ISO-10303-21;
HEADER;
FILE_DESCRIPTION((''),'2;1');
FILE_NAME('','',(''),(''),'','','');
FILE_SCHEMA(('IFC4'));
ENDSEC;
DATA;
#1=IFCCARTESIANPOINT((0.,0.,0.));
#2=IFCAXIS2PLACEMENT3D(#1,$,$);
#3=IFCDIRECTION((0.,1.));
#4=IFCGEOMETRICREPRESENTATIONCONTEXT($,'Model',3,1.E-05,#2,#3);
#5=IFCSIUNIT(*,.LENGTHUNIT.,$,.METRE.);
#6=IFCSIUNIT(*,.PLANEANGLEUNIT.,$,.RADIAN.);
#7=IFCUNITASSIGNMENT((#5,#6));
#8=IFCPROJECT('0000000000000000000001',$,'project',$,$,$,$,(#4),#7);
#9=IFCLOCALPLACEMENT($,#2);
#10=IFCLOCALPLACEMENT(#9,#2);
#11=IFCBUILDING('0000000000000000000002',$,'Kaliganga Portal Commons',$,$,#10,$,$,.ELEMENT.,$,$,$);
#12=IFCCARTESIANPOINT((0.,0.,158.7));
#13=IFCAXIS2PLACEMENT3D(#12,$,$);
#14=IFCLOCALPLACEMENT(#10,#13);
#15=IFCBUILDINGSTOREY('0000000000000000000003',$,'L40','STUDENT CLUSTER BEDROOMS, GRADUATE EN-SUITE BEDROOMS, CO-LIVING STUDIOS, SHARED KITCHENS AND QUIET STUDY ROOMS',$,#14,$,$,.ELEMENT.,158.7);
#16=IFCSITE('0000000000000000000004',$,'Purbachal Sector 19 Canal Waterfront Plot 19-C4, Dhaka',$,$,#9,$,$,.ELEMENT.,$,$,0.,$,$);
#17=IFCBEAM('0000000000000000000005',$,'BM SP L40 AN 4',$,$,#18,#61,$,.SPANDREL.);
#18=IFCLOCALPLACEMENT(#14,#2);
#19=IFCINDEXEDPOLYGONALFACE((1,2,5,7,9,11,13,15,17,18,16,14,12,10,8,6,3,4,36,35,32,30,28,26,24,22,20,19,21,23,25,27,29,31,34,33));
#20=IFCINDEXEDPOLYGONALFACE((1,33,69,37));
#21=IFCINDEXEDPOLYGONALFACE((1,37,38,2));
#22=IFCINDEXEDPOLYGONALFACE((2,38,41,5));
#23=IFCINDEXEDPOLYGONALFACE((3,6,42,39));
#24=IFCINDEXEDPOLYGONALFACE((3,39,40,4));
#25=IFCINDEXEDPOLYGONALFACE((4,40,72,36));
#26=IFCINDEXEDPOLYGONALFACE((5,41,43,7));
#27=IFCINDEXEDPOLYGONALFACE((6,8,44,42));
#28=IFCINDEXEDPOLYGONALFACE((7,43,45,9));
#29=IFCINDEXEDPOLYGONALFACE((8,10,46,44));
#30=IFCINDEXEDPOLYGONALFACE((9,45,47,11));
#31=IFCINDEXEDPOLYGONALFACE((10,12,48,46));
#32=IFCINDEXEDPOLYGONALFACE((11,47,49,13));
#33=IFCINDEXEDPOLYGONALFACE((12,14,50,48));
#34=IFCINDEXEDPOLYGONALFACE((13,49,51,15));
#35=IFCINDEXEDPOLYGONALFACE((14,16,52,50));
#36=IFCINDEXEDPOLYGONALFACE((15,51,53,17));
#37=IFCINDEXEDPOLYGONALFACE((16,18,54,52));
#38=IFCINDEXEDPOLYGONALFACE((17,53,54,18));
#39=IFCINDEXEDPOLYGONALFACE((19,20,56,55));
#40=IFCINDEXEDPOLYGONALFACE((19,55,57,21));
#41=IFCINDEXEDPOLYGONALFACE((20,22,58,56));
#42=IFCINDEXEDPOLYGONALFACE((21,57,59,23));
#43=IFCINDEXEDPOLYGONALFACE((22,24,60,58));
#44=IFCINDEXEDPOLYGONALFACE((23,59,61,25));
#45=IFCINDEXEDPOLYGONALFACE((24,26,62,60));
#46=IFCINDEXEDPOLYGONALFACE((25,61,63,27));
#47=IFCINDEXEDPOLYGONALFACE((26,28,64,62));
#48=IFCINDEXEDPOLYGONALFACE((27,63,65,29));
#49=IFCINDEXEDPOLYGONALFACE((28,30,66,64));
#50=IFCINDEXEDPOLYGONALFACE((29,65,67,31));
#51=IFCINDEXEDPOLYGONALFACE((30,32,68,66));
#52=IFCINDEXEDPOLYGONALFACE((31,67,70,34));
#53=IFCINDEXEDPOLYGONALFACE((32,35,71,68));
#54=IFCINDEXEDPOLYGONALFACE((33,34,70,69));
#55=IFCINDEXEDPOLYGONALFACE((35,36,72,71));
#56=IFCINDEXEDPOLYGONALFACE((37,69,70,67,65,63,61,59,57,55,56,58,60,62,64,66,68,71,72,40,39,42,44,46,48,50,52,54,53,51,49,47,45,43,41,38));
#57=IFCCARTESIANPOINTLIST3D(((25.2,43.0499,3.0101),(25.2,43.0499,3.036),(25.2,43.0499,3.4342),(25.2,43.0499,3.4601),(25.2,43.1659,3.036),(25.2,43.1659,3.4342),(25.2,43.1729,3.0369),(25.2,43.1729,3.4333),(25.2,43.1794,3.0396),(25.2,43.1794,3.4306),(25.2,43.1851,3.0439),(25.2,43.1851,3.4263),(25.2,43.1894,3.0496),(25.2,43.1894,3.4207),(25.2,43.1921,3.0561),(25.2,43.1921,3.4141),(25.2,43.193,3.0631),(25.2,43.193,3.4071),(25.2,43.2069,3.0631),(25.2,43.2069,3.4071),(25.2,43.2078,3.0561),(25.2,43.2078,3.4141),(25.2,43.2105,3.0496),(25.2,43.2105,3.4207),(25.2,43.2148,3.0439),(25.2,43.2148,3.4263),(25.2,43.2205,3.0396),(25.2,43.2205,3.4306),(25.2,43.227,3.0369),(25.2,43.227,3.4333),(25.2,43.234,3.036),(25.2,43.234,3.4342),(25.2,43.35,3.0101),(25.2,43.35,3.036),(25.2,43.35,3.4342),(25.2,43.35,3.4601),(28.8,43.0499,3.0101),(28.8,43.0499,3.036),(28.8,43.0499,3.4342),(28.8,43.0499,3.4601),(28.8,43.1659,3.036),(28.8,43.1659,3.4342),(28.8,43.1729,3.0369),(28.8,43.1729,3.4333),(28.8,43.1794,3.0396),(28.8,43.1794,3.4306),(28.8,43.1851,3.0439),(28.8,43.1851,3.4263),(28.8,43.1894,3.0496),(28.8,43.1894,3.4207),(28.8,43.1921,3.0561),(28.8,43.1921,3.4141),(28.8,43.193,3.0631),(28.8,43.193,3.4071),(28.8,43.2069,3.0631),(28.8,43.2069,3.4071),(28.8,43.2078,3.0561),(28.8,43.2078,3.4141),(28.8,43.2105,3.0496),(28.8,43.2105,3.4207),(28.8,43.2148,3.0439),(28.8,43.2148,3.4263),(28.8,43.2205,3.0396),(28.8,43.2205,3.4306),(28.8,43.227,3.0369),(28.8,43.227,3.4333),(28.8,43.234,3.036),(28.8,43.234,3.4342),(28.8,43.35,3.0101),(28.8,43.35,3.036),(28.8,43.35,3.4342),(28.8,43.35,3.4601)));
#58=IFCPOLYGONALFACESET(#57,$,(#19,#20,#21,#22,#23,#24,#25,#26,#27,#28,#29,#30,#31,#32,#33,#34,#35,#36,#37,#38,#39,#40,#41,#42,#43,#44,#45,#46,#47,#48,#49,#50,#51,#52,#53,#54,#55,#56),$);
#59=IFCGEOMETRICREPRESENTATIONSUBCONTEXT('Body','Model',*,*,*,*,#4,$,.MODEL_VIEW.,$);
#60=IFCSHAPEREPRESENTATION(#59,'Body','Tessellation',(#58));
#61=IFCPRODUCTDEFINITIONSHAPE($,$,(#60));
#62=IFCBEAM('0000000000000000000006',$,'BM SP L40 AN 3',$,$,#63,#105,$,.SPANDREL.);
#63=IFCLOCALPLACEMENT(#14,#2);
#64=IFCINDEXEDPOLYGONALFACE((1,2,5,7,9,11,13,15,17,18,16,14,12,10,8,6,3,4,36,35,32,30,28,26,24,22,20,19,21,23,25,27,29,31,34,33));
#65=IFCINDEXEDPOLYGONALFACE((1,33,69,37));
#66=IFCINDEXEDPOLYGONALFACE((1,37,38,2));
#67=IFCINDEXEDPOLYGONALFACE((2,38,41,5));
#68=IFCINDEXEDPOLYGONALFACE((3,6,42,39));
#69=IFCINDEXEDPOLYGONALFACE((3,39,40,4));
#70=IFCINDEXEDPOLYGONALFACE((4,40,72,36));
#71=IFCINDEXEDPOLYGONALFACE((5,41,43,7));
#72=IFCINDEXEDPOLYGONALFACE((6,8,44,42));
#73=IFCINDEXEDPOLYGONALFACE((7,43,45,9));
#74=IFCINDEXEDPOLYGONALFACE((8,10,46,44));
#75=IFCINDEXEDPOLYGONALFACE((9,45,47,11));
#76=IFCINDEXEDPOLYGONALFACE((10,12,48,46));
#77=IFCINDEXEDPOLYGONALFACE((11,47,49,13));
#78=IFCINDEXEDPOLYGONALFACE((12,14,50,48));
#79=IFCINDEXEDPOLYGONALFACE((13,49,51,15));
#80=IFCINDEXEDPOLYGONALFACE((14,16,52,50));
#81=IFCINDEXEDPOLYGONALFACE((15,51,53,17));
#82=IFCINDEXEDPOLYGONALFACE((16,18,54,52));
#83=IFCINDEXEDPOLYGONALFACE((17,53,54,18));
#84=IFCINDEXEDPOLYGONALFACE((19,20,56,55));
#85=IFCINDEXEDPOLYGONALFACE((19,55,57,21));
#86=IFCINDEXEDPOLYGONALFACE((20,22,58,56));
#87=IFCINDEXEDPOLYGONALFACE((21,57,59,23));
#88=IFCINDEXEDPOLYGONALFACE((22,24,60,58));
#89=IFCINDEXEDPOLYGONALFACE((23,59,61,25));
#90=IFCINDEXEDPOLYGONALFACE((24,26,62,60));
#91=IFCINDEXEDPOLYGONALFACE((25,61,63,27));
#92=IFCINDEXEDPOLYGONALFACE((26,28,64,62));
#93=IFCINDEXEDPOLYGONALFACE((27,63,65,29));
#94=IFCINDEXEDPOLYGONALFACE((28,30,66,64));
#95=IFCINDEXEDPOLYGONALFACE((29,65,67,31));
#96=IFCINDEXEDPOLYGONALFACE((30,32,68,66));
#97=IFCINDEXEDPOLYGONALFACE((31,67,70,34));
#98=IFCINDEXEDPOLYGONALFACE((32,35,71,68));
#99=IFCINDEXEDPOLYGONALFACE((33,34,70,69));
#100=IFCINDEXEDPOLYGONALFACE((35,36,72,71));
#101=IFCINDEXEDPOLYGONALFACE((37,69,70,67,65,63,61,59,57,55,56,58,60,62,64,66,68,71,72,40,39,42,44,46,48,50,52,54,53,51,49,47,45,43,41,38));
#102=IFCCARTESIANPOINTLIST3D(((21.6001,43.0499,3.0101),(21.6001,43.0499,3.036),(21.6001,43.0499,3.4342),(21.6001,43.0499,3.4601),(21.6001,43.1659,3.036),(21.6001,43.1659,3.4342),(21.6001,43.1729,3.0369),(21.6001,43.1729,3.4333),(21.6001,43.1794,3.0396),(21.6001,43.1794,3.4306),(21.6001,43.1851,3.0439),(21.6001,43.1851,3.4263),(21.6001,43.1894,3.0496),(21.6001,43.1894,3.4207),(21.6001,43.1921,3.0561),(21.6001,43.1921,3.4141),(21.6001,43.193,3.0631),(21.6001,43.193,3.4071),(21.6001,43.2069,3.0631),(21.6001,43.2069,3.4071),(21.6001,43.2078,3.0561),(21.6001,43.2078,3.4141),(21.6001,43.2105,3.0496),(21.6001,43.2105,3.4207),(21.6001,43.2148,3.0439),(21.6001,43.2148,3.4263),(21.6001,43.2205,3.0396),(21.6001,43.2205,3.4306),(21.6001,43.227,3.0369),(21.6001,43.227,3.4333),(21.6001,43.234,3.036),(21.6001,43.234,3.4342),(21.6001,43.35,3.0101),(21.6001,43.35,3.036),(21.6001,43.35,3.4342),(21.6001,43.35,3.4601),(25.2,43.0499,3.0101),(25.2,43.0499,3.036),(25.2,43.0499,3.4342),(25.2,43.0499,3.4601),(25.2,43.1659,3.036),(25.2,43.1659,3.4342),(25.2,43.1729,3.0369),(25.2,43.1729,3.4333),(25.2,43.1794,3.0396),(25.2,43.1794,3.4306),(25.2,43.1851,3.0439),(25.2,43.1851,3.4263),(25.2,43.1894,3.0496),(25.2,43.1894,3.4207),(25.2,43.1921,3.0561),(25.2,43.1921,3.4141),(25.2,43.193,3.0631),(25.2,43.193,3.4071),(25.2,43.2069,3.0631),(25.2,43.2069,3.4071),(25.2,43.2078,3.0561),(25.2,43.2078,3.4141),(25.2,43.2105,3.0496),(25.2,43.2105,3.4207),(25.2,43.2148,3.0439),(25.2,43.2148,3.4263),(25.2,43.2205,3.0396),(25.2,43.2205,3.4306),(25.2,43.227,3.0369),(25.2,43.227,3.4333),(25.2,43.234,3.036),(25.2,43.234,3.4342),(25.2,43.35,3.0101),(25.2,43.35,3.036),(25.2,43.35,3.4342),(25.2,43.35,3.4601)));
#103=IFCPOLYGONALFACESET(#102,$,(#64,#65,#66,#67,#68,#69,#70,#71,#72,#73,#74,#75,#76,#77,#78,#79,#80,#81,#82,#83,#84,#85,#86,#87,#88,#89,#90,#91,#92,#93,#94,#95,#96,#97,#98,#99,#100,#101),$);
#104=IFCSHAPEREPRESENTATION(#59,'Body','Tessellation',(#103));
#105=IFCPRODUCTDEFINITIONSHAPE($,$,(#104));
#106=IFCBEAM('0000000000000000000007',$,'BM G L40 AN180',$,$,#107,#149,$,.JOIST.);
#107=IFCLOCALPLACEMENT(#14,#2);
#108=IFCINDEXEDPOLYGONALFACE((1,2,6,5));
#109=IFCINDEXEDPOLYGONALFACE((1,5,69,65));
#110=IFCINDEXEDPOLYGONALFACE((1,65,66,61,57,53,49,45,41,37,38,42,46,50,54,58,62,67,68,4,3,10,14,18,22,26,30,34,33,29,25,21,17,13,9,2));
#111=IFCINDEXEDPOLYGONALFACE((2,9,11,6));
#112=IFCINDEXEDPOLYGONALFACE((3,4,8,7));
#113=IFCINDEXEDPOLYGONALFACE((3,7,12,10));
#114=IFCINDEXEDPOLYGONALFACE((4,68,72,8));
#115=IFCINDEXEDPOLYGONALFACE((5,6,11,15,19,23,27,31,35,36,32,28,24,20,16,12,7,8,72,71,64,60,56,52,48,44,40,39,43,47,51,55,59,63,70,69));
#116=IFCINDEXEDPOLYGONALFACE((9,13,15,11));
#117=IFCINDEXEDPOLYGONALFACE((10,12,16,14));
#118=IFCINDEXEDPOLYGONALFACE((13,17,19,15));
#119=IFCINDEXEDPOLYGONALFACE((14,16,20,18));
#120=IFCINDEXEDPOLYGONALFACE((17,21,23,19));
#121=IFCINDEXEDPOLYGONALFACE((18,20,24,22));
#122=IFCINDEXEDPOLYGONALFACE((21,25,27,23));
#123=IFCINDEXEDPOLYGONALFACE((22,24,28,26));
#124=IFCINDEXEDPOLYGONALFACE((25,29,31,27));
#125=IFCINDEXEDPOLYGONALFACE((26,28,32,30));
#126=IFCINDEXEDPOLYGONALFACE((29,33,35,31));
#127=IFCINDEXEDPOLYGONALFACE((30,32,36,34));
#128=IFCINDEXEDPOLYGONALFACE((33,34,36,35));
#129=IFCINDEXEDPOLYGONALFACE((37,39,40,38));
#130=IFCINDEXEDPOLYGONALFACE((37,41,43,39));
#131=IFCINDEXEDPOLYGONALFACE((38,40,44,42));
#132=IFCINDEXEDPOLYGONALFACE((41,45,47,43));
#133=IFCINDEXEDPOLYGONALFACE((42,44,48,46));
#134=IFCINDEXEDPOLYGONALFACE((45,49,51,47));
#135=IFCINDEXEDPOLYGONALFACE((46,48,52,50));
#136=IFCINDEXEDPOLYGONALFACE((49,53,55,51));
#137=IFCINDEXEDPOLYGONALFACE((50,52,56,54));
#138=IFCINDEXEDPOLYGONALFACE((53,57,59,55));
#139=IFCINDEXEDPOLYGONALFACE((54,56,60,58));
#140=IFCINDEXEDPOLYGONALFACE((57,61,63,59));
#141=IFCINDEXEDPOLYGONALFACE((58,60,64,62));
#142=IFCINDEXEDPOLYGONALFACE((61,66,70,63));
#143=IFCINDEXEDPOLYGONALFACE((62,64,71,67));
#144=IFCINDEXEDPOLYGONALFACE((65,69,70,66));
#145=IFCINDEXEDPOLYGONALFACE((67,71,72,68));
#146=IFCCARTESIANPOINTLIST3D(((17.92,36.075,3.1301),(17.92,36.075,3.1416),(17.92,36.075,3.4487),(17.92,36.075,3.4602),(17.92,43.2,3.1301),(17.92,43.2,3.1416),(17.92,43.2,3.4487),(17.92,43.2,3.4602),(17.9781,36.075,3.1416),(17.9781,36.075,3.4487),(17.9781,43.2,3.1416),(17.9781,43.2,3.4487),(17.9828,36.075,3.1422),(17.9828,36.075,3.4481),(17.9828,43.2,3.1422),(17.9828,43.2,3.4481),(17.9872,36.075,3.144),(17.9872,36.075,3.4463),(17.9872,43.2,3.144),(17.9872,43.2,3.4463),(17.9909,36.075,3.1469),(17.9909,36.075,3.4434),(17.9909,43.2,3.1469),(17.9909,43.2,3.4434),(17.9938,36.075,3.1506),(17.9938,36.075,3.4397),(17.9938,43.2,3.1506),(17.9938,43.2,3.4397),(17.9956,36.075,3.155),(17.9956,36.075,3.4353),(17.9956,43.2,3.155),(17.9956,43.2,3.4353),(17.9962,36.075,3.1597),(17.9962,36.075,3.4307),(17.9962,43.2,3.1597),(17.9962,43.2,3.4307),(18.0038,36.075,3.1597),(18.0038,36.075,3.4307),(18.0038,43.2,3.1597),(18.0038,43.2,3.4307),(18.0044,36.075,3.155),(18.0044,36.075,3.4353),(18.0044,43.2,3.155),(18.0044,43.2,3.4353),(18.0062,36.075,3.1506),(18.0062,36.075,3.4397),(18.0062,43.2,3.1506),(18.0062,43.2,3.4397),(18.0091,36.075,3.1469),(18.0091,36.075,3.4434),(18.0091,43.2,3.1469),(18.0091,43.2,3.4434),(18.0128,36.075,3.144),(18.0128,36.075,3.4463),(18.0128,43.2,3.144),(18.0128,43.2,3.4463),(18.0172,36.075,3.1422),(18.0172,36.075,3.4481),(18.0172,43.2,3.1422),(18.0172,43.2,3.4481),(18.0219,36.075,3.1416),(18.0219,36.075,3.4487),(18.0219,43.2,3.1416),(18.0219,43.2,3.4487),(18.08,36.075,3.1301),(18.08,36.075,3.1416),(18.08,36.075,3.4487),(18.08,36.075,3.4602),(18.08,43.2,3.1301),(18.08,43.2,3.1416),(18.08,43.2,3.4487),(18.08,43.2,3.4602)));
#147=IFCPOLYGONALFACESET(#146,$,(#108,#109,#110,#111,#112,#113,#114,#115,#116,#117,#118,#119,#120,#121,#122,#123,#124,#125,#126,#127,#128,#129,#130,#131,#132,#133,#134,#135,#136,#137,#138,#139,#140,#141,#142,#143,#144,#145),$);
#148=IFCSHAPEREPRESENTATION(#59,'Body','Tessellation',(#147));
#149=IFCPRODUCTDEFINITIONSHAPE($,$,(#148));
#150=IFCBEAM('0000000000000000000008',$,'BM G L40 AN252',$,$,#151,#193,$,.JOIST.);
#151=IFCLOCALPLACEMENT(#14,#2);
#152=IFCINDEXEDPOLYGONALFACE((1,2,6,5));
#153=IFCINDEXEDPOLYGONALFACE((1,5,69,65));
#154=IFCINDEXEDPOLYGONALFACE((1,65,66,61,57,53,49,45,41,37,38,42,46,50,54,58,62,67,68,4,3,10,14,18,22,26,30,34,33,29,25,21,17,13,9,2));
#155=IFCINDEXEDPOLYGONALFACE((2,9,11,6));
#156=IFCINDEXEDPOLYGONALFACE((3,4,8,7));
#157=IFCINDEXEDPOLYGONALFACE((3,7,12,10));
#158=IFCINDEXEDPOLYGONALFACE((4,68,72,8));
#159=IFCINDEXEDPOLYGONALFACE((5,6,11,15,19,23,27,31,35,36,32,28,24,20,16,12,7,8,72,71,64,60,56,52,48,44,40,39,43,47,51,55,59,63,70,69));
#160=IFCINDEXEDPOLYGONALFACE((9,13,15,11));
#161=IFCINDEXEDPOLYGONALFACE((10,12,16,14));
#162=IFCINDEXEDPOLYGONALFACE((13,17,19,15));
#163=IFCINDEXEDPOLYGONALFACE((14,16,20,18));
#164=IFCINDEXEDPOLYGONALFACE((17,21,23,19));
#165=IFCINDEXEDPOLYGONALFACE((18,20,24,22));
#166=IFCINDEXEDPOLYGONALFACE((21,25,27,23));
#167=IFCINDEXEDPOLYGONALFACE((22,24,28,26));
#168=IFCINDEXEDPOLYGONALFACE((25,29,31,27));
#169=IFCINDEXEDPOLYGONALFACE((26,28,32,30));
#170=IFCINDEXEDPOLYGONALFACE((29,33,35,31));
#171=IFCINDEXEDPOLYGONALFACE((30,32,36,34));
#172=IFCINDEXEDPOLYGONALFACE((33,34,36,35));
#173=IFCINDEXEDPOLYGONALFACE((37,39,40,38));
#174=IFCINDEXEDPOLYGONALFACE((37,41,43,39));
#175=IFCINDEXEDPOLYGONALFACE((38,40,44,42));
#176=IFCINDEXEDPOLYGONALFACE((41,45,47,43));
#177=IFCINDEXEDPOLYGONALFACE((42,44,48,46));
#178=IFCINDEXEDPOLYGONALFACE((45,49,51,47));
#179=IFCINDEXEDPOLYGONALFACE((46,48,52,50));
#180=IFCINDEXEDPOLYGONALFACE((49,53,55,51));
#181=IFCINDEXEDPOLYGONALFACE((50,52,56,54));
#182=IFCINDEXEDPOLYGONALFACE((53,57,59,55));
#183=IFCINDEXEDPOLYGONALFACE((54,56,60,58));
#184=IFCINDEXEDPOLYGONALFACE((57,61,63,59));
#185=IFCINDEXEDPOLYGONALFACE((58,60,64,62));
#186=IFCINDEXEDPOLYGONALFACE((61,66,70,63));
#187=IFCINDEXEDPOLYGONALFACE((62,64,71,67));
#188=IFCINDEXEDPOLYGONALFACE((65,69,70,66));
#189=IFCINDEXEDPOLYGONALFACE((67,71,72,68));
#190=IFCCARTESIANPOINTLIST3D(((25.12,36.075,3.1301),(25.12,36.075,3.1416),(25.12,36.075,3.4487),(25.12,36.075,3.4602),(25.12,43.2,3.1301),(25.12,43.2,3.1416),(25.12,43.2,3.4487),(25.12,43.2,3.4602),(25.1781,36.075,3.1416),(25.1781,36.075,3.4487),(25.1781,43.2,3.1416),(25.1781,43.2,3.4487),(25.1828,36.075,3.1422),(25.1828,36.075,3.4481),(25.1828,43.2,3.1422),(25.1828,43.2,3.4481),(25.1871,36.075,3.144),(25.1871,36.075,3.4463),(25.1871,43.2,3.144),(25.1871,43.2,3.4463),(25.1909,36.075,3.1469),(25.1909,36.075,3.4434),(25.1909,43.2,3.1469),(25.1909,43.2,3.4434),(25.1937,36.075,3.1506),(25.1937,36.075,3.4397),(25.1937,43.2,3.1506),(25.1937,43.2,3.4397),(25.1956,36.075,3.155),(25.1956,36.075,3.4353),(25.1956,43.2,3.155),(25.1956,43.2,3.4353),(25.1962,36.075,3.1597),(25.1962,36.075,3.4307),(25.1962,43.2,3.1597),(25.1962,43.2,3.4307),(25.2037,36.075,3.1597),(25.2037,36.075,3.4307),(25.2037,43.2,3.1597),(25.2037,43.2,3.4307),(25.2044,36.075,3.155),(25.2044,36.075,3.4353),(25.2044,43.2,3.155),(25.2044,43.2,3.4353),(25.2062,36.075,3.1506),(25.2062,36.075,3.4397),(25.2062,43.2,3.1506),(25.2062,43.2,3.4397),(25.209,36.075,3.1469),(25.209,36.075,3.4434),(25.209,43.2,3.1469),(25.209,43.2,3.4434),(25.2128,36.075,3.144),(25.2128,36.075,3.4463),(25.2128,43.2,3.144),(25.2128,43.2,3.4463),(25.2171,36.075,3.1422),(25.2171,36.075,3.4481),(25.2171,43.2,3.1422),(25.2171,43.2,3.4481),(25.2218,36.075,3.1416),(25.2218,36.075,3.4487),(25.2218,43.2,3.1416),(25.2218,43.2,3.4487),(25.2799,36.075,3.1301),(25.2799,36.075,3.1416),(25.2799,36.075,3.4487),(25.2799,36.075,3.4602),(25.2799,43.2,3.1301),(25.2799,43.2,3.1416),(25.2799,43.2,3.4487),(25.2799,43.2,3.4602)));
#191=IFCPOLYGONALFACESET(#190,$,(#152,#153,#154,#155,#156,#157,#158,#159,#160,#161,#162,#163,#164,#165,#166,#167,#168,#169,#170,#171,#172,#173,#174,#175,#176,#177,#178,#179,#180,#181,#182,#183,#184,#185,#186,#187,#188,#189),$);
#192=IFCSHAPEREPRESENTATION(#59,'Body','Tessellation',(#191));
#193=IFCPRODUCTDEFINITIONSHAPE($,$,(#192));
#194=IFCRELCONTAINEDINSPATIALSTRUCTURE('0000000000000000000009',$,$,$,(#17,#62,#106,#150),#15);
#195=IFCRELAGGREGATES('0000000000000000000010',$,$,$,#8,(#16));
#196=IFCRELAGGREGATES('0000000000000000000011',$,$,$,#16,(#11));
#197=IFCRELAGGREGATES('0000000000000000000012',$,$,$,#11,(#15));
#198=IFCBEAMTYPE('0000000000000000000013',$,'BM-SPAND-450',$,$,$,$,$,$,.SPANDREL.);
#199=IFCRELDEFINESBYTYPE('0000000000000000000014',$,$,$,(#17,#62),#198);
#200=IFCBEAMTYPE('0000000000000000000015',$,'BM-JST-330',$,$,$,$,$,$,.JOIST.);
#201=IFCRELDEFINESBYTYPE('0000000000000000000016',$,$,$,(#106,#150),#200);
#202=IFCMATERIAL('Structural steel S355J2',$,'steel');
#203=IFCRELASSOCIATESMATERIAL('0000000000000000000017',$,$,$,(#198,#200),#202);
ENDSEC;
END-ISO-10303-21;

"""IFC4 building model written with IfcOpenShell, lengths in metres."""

from ifc_helpers import new_model, si_unit, direction, frame, origin, origin_2d, place, context, subcontext, project, spatial, i_section, extrude, source, transform, mapped, material, material_profile, profile_set, type_object, element, save


model = new_model("IFC4")

# Units and contexts
model_context = context("Model", 3, precision=1e-05, world=origin(), true_north=direction((0.0, 1.0)))
body_context = subcontext(model_context, "Body", "Model", "MODEL_VIEW")
ifc_project = project(units=[si_unit("LENGTHUNIT", "METRE"), si_unit("PLANEANGLEUNIT", "RADIAN")], contexts=[model_context])

# Site, building, storey
site_placement = place(None, origin())
site = spatial("IfcSite", under=ifc_project, at=site_placement, Name="Purbachal Sector 19 Canal Waterfront Plot 19-C4, Dhaka", CompositionType="ELEMENT", RefElevation=0.0)
building_placement = place(site_placement, origin())
building = spatial("IfcBuilding", under=site, at=building_placement, Name="Kaliganga Portal Commons", CompositionType="ELEMENT")
storey_placement = place(building_placement, frame((0.0, 0.0, 158.7)))
storey = spatial("IfcBuildingStorey", under=building, at=storey_placement, Name="L40", Description="STUDENT CLUSTER BEDROOMS, GRADUATE EN-SUITE BEDROOMS, CO-LIVING STUDIOS, SHARED KITCHENS AND QUIET STUDY ROOMS", CompositionType="ELEMENT", Elevation=158.7)

# Beams
ifc_material_1 = material(Name="Structural steel S355J2", Category="steel")
ifc_material_profile_1 = material_profile(ifc_material_1, i_section(OverallWidth=0.3, OverallDepth=0.45, WebThickness=0.0139, FlangeThickness=0.0259, FilletRadius=0.0271, at=origin_2d()), Name="HE 450 B")
ifc_profile_set_1 = profile_set([ifc_material_profile_1], Name="Structural steel S355J2 wide-flange")
beam_type_1 = type_object("IfcBeamType", Name="BM-SPAND-450", PredefinedType="SPANDREL", material=ifc_profile_set_1)
shared_shape_1 = source(origin(), body_context, "Body", "SweptSolid", [
    extrude(i_section(OverallWidth=0.3, OverallDepth=0.45, WebThickness=0.0139, FlangeThickness=0.0259, FilletRadius=0.0271, at=origin_2d()), origin(), (0.0, 0.0, 1.0), 3.6001),
])
for number, where, z_axis, x_axis, name in (
    (1, (25.2, 43.2, 3.2351), (1.0, 0.0, 0.0), (0.0, 1.0, 0.0), "BM SP L40 AN 4"),
):
    element("IfcBeam", number, at=place(storey_placement, frame(where, z_axis=z_axis, x_axis=x_axis)), inside=storey, type_object=beam_type_1, Name=name, PredefinedType="SPANDREL", context=body_context, shape_type="MappedRepresentation", body=[
        mapped(shared_shape_1, transform((0.0, 0.0, 0.0), x_axis=(1.0, 0.0, 0.0), y_axis=(0.0, 1.0, 0.0), z_axis=(0.0, 0.0, 1.0), scale=1.0)),
    ])
shared_shape_2 = source(origin(), body_context, "Body", "SweptSolid", [
    extrude(i_section(OverallWidth=0.3, OverallDepth=0.45, WebThickness=0.0139, FlangeThickness=0.0259, FilletRadius=0.0271, at=origin_2d()), origin(), (0.0, 0.0, 1.0), 3.5999),
])
beam_1_placement = place(storey_placement, frame((21.6001, 43.2, 3.2351), z_axis=(1.0, 0.0, 0.0), x_axis=(0.0, 1.0, 0.0)))
element("IfcBeam", 2, at=beam_1_placement, inside=storey, type_object=beam_type_1, Name="BM SP L40 AN 3", PredefinedType="SPANDREL", context=body_context, shape_type="MappedRepresentation", body=[
    mapped(shared_shape_2, transform((0.0, 0.0, 0.0), x_axis=(1.0, 0.0, 0.0), y_axis=(0.0, 1.0, 0.0), z_axis=(0.0, 0.0, 1.0), scale=1.0)),
])
ifc_material_profile_2 = material_profile(ifc_material_1, i_section(OverallWidth=0.1599, OverallDepth=0.3301, WebThickness=0.0076, FlangeThickness=0.0115, FilletRadius=0.0181, at=origin_2d()), Name="IPE 330")
ifc_profile_set_2 = profile_set([ifc_material_profile_2], Name="Structural steel S355J2 wide-flange")
beam_type_2 = type_object("IfcBeamType", Name="BM-JST-330", PredefinedType="JOIST", material=ifc_profile_set_2)
shared_shape_3 = source(origin(), body_context, "Body", "SweptSolid", [
    extrude(i_section(OverallWidth=0.1599, OverallDepth=0.3301, WebThickness=0.0076, FlangeThickness=0.0115, FilletRadius=0.0181, at=origin_2d()), origin(), (0.0, 0.0, 1.0), 7.125),
])
for number, where, z_axis, x_axis, name in (
    (3, (18.0, 36.075, 3.2952), (0.0, 1.0, 0.0), (-1.0, 0.0, 0.0), "BM G L40 AN180"),
    (4, (25.2, 36.075, 3.2952), (0.0, 1.0, 0.0), (-1.0, 0.0, 0.0), "BM G L40 AN252"),
):
    element("IfcBeam", number, at=place(storey_placement, frame(where, z_axis=z_axis, x_axis=x_axis)), inside=storey, type_object=beam_type_2, Name=name, PredefinedType="JOIST", context=body_context, shape_type="MappedRepresentation", body=[
        mapped(shared_shape_3, transform((0.0, 0.0, 0.0), x_axis=(1.0, 0.0, 0.0), y_axis=(0.0, 1.0, 0.0), z_axis=(0.0, 0.0, 1.0), scale=1.0)),
    ])

save(model, "model.ifc")
